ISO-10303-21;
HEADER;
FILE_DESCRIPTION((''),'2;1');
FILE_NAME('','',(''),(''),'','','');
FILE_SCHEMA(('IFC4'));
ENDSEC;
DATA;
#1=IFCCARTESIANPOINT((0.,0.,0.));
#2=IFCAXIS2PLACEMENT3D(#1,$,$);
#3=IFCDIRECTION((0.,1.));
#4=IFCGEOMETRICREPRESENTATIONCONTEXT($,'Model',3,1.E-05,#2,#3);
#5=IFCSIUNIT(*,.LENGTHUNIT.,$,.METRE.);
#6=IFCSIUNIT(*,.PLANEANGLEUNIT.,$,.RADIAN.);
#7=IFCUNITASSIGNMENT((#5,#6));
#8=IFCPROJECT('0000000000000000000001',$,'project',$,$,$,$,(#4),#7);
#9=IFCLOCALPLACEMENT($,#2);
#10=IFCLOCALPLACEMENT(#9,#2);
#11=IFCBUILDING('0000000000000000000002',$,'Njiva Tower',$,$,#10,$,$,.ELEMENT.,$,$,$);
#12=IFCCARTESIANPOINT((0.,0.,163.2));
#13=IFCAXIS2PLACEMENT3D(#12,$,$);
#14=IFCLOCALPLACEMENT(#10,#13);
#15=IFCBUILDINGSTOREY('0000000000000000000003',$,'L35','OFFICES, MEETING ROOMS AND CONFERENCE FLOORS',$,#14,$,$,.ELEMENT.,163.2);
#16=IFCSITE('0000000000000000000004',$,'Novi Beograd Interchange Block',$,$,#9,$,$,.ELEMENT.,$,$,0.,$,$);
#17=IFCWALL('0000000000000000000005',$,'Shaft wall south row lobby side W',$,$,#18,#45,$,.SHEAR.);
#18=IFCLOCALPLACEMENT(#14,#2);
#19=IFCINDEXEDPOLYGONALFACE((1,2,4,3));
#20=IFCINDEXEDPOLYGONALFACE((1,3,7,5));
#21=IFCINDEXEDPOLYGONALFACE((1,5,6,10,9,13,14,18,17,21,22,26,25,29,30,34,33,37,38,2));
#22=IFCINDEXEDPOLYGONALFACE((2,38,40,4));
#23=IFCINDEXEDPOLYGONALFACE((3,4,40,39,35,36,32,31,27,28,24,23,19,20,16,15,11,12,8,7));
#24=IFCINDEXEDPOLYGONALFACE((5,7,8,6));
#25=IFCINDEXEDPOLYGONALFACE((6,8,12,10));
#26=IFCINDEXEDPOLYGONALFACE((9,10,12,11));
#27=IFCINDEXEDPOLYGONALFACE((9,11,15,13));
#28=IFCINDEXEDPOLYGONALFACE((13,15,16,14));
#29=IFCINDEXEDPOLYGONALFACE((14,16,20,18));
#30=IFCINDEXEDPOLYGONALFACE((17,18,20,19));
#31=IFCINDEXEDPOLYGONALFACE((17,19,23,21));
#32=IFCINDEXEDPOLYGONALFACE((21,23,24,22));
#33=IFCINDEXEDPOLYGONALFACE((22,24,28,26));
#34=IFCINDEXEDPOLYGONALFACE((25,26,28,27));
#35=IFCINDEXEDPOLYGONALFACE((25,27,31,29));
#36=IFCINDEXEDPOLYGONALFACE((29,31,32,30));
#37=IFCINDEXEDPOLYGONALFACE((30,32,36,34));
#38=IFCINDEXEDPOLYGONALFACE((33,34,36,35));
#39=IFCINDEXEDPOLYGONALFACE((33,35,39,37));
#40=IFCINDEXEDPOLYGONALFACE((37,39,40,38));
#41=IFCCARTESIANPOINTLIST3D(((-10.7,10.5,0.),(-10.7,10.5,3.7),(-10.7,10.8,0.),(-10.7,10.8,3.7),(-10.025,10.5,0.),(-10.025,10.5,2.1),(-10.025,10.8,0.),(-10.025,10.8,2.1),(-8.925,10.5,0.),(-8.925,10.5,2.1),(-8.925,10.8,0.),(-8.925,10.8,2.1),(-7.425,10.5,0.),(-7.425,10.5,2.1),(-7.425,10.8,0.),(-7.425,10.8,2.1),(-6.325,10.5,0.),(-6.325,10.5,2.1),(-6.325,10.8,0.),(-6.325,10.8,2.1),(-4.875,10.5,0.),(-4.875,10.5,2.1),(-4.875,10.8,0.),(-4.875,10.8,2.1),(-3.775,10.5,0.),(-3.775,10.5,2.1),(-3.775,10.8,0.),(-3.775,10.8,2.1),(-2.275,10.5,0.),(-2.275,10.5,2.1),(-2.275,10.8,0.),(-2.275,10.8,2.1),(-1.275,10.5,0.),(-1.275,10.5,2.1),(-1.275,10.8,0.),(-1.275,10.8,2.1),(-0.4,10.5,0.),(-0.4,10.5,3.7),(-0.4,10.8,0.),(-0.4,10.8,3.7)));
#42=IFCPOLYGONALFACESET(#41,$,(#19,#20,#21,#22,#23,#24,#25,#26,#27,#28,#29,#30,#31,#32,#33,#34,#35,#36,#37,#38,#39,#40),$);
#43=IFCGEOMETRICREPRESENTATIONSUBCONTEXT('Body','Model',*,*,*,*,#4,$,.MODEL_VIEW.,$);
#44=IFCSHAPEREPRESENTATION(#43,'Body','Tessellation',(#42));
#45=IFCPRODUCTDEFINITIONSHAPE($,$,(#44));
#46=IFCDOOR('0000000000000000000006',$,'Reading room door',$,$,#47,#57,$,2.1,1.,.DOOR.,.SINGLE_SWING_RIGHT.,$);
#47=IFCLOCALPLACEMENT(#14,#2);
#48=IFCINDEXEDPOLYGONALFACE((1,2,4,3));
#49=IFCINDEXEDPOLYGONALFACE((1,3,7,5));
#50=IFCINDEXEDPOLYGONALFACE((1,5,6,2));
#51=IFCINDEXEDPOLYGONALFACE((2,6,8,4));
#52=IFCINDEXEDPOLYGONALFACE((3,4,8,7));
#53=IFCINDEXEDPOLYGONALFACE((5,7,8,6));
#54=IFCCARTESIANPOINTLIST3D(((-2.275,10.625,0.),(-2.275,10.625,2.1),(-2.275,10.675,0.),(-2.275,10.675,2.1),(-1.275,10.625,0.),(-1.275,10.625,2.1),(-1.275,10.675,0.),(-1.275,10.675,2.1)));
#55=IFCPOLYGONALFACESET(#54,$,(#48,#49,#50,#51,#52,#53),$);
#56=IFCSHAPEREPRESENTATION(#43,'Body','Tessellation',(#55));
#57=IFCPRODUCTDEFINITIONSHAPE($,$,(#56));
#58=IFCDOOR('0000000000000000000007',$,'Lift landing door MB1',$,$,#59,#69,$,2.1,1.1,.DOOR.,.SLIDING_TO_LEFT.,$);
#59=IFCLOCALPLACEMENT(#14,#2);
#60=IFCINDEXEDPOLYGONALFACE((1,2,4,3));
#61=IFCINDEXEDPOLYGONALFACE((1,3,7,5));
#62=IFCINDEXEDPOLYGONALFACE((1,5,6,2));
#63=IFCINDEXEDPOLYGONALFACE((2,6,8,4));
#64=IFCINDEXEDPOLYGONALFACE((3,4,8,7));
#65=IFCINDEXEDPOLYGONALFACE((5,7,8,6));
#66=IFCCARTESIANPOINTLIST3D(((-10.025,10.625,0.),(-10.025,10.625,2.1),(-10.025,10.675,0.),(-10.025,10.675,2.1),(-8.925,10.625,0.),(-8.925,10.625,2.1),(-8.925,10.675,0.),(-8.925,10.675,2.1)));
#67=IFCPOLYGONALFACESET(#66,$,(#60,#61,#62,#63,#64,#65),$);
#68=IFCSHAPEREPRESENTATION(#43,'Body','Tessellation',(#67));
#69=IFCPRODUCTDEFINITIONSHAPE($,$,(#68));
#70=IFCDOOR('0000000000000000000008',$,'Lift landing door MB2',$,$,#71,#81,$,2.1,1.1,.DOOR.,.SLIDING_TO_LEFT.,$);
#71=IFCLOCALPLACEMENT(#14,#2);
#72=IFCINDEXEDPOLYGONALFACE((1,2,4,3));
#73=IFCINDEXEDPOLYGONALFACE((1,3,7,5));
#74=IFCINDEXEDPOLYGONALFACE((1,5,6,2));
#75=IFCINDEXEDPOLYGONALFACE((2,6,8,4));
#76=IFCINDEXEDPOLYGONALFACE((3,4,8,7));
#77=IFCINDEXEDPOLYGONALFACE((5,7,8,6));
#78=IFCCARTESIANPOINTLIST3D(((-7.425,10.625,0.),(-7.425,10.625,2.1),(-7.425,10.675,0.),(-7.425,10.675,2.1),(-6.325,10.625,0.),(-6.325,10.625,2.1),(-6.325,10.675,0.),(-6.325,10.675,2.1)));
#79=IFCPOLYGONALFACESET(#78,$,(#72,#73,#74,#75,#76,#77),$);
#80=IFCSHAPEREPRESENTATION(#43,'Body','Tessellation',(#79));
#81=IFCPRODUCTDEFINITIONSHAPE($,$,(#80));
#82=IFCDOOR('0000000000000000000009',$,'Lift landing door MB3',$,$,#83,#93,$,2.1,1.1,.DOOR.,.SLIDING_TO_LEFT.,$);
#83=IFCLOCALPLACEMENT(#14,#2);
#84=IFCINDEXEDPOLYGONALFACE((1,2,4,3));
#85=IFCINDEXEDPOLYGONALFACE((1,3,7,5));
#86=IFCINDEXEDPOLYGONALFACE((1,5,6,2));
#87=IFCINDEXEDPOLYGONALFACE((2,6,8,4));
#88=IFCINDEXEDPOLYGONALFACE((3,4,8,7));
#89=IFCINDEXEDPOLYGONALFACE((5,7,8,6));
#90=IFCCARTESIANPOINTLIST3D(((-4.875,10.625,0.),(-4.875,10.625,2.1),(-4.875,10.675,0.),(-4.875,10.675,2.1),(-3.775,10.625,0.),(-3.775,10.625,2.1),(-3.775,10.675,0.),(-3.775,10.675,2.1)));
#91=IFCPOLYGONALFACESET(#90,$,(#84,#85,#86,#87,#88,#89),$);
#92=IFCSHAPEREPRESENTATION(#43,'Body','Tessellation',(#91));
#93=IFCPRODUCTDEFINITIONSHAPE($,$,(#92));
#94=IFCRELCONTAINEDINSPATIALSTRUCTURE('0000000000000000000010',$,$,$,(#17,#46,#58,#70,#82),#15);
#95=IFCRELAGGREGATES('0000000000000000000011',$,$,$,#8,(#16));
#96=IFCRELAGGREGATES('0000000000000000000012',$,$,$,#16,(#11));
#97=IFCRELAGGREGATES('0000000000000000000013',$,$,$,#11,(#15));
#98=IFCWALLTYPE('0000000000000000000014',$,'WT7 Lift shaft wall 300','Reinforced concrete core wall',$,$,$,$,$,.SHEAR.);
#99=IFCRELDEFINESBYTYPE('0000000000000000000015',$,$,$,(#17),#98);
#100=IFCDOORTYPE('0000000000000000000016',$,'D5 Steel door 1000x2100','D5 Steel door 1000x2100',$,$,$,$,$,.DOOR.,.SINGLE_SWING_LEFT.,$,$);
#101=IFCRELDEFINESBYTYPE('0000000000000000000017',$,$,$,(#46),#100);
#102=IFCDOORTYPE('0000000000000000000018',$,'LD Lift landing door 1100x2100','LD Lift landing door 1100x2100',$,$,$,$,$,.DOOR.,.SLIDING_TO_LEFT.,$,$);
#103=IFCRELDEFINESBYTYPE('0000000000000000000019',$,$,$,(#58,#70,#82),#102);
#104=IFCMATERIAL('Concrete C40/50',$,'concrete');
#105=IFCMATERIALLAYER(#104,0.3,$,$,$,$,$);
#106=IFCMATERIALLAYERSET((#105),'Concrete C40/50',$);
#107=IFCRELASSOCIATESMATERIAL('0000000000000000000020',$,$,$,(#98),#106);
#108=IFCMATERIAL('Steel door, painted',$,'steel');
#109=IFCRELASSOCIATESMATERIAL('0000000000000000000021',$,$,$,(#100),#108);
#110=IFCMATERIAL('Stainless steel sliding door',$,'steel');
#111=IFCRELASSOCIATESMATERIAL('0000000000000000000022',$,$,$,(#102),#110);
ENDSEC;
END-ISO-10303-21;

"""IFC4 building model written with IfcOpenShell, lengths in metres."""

from ifc_helpers import new_model, si_unit, direction, frame, frame_2d, origin, place, context, subcontext, project, spatial, rectangle, extrude, material, layer, layer_set, type_object, element, fill, save


model = new_model("IFC4")

# Units and contexts
model_context = context("Model", 3, precision=1e-05, world=origin(), true_north=direction((0.0, 1.0)))
body_context = subcontext(model_context, "Body", "Model", "MODEL_VIEW")
ifc_project = project(units=[si_unit("LENGTHUNIT", "METRE"), si_unit("PLANEANGLEUNIT", "RADIAN")], contexts=[model_context])

# Site, building, storey
site_placement = place(None, origin())
site = spatial("IfcSite", under=ifc_project, at=site_placement, Name="Novi Beograd Interchange Block", CompositionType="ELEMENT", RefElevation=0.0)
building_placement = place(site_placement, origin())
building = spatial("IfcBuilding", under=site, at=building_placement, Name="Njiva Tower", CompositionType="ELEMENT")
storey_placement = place(building_placement, frame((0.0, 0.0, 163.2)))
storey = spatial("IfcBuildingStorey", under=building, at=storey_placement, Name="L35", Description="OFFICES, MEETING ROOMS AND CONFERENCE FLOORS", CompositionType="ELEMENT", Elevation=163.2)

# Wall, openings, doors
ifc_material_1 = material(Name="Concrete C40/50", Category="concrete")
ifc_layer_1 = layer(ifc_material_1, 0.3)
ifc_layer_set_1 = layer_set([ifc_layer_1], Name="Concrete C40/50")
wall_type_1 = type_object("IfcWallType", Name="WT7 Lift shaft wall 300", Description="Reinforced concrete core wall", PredefinedType="SHEAR", material=ifc_layer_set_1)
ifc_material_2 = material(Name="Steel door, painted", Category="steel")
door_type_1 = type_object("IfcDoorType", Name="D5 Steel door 1000x2100", Description="D5 Steel door 1000x2100", OperationType="SINGLE_SWING_LEFT", PredefinedType="DOOR", material=ifc_material_2)
ifc_material_3 = material(Name="Stainless steel sliding door", Category="steel")
door_type_2 = type_object("IfcDoorType", Name="LD Lift landing door 1100x2100", Description="LD Lift landing door 1100x2100", OperationType="SLIDING_TO_LEFT", PredefinedType="DOOR", material=ifc_material_3)
wall_1_placement = place(storey_placement, frame((-10.7, 10.65, 0.0), z_axis=(0.0, 0.0, 1.0), x_axis=(1.0, 0.0, 0.0)))
wall_1 = element("IfcWall", 1, at=wall_1_placement, inside=storey, type_object=wall_type_1, Name="Shaft wall south row lobby side W", PredefinedType="SHEAR", context=body_context, shape_type="SweptSolid", body=[
    extrude(rectangle(XDim=10.3, YDim=0.3, at=frame_2d((5.15, 0.0))), origin(), (0.0, 0.0, 1.0), 3.7),
])
opening_1_placement = place(wall_1_placement, frame((0.675, 0.0, 0.0)))
opening_1 = element("IfcOpeningElement", 2, at=opening_1_placement, cuts=wall_1, PredefinedType="OPENING", context=body_context, shape_type="SweptSolid", body=[
    extrude(rectangle(XDim=1.1, YDim=2.1, at=frame_2d((0.55, 1.05))), frame((0.0, 0.16, 0.0), z_axis=(0.0, -1.0, 0.0), x_axis=(1.0, 0.0, 0.0)), (0.0, 0.0, 1.0), 0.32),
])
opening_2_placement = place(wall_1_placement, frame((3.275, 0.0, 0.0)))
opening_2 = element("IfcOpeningElement", 3, at=opening_2_placement, cuts=wall_1, PredefinedType="OPENING", context=body_context, shape_type="SweptSolid", body=[
    extrude(rectangle(XDim=1.1, YDim=2.1, at=frame_2d((0.55, 1.05))), frame((0.0, 0.16, 0.0), z_axis=(0.0, -1.0, 0.0), x_axis=(1.0, 0.0, 0.0)), (0.0, 0.0, 1.0), 0.32),
])
opening_3_placement = place(wall_1_placement, frame((5.825, 0.0, 0.0)))
opening_3 = element("IfcOpeningElement", 4, at=opening_3_placement, cuts=wall_1, PredefinedType="OPENING", context=body_context, shape_type="SweptSolid", body=[
    extrude(rectangle(XDim=1.1, YDim=2.1, at=frame_2d((0.55, 1.05))), frame((0.0, 0.16, 0.0), z_axis=(0.0, -1.0, 0.0), x_axis=(1.0, 0.0, 0.0)), (0.0, 0.0, 1.0), 0.32),
])
opening_4_placement = place(wall_1_placement, frame((8.425, 0.0, 0.0)))
opening_4 = element("IfcOpeningElement", 5, at=opening_4_placement, cuts=wall_1, PredefinedType="OPENING", context=body_context, shape_type="SweptSolid", body=[
    extrude(rectangle(XDim=1.0, YDim=2.1, at=frame_2d((0.5, 1.05))), frame((0.0, 0.16, 0.0), z_axis=(0.0, -1.0, 0.0), x_axis=(1.0, 0.0, 0.0)), (0.0, 0.0, 1.0), 0.32),
])
door_1_placement = place(opening_4_placement, origin())
door_1 = element("IfcDoor", 6, at=door_1_placement, inside=storey, type_object=door_type_1, Name="Reading room door", OperationType="SINGLE_SWING_RIGHT", OverallHeight=2.1, OverallWidth=1.0, PredefinedType="DOOR", context=body_context, shape_type="SweptSolid", body=[
    extrude(rectangle(XDim=1.0, YDim=2.1, at=frame_2d((0.5, 1.05))), frame((0.0, 0.025, 0.0), z_axis=(0.0, -1.0, 0.0), x_axis=(1.0, 0.0, 0.0)), (0.0, 0.0, 1.0), 0.05),
])
fill(opening_4, door_1)
door_2_placement = place(opening_1_placement, origin())
door_2 = element("IfcDoor", 7, at=door_2_placement, inside=storey, type_object=door_type_2, Name="Lift landing door MB1", OperationType="SLIDING_TO_LEFT", OverallHeight=2.1, OverallWidth=1.1, PredefinedType="DOOR", context=body_context, shape_type="SweptSolid", body=[
    extrude(rectangle(XDim=1.1, YDim=2.1, at=frame_2d((0.55, 1.05))), frame((0.0, 0.025, 0.0), z_axis=(0.0, -1.0, 0.0), x_axis=(1.0, 0.0, 0.0)), (0.0, 0.0, 1.0), 0.05),
])
fill(opening_1, door_2)
door_3_placement = place(opening_2_placement, origin())
door_3 = element("IfcDoor", 8, at=door_3_placement, inside=storey, type_object=door_type_2, Name="Lift landing door MB2", OperationType="SLIDING_TO_LEFT", OverallHeight=2.1, OverallWidth=1.1, PredefinedType="DOOR", context=body_context, shape_type="SweptSolid", body=[
    extrude(rectangle(XDim=1.1, YDim=2.1, at=frame_2d((0.55, 1.05))), frame((0.0, 0.025, 0.0), z_axis=(0.0, -1.0, 0.0), x_axis=(1.0, 0.0, 0.0)), (0.0, 0.0, 1.0), 0.05),
])
fill(opening_2, door_3)
door_4_placement = place(opening_3_placement, origin())
door_4 = element("IfcDoor", 9, at=door_4_placement, inside=storey, type_object=door_type_2, Name="Lift landing door MB3", OperationType="SLIDING_TO_LEFT", OverallHeight=2.1, OverallWidth=1.1, PredefinedType="DOOR", context=body_context, shape_type="SweptSolid", body=[
    extrude(rectangle(XDim=1.1, YDim=2.1, at=frame_2d((0.55, 1.05))), frame((0.0, 0.025, 0.0), z_axis=(0.0, -1.0, 0.0), x_axis=(1.0, 0.0, 0.0)), (0.0, 0.0, 1.0), 0.05),
])
fill(opening_3, door_4)

save(model, "model.ifc")
